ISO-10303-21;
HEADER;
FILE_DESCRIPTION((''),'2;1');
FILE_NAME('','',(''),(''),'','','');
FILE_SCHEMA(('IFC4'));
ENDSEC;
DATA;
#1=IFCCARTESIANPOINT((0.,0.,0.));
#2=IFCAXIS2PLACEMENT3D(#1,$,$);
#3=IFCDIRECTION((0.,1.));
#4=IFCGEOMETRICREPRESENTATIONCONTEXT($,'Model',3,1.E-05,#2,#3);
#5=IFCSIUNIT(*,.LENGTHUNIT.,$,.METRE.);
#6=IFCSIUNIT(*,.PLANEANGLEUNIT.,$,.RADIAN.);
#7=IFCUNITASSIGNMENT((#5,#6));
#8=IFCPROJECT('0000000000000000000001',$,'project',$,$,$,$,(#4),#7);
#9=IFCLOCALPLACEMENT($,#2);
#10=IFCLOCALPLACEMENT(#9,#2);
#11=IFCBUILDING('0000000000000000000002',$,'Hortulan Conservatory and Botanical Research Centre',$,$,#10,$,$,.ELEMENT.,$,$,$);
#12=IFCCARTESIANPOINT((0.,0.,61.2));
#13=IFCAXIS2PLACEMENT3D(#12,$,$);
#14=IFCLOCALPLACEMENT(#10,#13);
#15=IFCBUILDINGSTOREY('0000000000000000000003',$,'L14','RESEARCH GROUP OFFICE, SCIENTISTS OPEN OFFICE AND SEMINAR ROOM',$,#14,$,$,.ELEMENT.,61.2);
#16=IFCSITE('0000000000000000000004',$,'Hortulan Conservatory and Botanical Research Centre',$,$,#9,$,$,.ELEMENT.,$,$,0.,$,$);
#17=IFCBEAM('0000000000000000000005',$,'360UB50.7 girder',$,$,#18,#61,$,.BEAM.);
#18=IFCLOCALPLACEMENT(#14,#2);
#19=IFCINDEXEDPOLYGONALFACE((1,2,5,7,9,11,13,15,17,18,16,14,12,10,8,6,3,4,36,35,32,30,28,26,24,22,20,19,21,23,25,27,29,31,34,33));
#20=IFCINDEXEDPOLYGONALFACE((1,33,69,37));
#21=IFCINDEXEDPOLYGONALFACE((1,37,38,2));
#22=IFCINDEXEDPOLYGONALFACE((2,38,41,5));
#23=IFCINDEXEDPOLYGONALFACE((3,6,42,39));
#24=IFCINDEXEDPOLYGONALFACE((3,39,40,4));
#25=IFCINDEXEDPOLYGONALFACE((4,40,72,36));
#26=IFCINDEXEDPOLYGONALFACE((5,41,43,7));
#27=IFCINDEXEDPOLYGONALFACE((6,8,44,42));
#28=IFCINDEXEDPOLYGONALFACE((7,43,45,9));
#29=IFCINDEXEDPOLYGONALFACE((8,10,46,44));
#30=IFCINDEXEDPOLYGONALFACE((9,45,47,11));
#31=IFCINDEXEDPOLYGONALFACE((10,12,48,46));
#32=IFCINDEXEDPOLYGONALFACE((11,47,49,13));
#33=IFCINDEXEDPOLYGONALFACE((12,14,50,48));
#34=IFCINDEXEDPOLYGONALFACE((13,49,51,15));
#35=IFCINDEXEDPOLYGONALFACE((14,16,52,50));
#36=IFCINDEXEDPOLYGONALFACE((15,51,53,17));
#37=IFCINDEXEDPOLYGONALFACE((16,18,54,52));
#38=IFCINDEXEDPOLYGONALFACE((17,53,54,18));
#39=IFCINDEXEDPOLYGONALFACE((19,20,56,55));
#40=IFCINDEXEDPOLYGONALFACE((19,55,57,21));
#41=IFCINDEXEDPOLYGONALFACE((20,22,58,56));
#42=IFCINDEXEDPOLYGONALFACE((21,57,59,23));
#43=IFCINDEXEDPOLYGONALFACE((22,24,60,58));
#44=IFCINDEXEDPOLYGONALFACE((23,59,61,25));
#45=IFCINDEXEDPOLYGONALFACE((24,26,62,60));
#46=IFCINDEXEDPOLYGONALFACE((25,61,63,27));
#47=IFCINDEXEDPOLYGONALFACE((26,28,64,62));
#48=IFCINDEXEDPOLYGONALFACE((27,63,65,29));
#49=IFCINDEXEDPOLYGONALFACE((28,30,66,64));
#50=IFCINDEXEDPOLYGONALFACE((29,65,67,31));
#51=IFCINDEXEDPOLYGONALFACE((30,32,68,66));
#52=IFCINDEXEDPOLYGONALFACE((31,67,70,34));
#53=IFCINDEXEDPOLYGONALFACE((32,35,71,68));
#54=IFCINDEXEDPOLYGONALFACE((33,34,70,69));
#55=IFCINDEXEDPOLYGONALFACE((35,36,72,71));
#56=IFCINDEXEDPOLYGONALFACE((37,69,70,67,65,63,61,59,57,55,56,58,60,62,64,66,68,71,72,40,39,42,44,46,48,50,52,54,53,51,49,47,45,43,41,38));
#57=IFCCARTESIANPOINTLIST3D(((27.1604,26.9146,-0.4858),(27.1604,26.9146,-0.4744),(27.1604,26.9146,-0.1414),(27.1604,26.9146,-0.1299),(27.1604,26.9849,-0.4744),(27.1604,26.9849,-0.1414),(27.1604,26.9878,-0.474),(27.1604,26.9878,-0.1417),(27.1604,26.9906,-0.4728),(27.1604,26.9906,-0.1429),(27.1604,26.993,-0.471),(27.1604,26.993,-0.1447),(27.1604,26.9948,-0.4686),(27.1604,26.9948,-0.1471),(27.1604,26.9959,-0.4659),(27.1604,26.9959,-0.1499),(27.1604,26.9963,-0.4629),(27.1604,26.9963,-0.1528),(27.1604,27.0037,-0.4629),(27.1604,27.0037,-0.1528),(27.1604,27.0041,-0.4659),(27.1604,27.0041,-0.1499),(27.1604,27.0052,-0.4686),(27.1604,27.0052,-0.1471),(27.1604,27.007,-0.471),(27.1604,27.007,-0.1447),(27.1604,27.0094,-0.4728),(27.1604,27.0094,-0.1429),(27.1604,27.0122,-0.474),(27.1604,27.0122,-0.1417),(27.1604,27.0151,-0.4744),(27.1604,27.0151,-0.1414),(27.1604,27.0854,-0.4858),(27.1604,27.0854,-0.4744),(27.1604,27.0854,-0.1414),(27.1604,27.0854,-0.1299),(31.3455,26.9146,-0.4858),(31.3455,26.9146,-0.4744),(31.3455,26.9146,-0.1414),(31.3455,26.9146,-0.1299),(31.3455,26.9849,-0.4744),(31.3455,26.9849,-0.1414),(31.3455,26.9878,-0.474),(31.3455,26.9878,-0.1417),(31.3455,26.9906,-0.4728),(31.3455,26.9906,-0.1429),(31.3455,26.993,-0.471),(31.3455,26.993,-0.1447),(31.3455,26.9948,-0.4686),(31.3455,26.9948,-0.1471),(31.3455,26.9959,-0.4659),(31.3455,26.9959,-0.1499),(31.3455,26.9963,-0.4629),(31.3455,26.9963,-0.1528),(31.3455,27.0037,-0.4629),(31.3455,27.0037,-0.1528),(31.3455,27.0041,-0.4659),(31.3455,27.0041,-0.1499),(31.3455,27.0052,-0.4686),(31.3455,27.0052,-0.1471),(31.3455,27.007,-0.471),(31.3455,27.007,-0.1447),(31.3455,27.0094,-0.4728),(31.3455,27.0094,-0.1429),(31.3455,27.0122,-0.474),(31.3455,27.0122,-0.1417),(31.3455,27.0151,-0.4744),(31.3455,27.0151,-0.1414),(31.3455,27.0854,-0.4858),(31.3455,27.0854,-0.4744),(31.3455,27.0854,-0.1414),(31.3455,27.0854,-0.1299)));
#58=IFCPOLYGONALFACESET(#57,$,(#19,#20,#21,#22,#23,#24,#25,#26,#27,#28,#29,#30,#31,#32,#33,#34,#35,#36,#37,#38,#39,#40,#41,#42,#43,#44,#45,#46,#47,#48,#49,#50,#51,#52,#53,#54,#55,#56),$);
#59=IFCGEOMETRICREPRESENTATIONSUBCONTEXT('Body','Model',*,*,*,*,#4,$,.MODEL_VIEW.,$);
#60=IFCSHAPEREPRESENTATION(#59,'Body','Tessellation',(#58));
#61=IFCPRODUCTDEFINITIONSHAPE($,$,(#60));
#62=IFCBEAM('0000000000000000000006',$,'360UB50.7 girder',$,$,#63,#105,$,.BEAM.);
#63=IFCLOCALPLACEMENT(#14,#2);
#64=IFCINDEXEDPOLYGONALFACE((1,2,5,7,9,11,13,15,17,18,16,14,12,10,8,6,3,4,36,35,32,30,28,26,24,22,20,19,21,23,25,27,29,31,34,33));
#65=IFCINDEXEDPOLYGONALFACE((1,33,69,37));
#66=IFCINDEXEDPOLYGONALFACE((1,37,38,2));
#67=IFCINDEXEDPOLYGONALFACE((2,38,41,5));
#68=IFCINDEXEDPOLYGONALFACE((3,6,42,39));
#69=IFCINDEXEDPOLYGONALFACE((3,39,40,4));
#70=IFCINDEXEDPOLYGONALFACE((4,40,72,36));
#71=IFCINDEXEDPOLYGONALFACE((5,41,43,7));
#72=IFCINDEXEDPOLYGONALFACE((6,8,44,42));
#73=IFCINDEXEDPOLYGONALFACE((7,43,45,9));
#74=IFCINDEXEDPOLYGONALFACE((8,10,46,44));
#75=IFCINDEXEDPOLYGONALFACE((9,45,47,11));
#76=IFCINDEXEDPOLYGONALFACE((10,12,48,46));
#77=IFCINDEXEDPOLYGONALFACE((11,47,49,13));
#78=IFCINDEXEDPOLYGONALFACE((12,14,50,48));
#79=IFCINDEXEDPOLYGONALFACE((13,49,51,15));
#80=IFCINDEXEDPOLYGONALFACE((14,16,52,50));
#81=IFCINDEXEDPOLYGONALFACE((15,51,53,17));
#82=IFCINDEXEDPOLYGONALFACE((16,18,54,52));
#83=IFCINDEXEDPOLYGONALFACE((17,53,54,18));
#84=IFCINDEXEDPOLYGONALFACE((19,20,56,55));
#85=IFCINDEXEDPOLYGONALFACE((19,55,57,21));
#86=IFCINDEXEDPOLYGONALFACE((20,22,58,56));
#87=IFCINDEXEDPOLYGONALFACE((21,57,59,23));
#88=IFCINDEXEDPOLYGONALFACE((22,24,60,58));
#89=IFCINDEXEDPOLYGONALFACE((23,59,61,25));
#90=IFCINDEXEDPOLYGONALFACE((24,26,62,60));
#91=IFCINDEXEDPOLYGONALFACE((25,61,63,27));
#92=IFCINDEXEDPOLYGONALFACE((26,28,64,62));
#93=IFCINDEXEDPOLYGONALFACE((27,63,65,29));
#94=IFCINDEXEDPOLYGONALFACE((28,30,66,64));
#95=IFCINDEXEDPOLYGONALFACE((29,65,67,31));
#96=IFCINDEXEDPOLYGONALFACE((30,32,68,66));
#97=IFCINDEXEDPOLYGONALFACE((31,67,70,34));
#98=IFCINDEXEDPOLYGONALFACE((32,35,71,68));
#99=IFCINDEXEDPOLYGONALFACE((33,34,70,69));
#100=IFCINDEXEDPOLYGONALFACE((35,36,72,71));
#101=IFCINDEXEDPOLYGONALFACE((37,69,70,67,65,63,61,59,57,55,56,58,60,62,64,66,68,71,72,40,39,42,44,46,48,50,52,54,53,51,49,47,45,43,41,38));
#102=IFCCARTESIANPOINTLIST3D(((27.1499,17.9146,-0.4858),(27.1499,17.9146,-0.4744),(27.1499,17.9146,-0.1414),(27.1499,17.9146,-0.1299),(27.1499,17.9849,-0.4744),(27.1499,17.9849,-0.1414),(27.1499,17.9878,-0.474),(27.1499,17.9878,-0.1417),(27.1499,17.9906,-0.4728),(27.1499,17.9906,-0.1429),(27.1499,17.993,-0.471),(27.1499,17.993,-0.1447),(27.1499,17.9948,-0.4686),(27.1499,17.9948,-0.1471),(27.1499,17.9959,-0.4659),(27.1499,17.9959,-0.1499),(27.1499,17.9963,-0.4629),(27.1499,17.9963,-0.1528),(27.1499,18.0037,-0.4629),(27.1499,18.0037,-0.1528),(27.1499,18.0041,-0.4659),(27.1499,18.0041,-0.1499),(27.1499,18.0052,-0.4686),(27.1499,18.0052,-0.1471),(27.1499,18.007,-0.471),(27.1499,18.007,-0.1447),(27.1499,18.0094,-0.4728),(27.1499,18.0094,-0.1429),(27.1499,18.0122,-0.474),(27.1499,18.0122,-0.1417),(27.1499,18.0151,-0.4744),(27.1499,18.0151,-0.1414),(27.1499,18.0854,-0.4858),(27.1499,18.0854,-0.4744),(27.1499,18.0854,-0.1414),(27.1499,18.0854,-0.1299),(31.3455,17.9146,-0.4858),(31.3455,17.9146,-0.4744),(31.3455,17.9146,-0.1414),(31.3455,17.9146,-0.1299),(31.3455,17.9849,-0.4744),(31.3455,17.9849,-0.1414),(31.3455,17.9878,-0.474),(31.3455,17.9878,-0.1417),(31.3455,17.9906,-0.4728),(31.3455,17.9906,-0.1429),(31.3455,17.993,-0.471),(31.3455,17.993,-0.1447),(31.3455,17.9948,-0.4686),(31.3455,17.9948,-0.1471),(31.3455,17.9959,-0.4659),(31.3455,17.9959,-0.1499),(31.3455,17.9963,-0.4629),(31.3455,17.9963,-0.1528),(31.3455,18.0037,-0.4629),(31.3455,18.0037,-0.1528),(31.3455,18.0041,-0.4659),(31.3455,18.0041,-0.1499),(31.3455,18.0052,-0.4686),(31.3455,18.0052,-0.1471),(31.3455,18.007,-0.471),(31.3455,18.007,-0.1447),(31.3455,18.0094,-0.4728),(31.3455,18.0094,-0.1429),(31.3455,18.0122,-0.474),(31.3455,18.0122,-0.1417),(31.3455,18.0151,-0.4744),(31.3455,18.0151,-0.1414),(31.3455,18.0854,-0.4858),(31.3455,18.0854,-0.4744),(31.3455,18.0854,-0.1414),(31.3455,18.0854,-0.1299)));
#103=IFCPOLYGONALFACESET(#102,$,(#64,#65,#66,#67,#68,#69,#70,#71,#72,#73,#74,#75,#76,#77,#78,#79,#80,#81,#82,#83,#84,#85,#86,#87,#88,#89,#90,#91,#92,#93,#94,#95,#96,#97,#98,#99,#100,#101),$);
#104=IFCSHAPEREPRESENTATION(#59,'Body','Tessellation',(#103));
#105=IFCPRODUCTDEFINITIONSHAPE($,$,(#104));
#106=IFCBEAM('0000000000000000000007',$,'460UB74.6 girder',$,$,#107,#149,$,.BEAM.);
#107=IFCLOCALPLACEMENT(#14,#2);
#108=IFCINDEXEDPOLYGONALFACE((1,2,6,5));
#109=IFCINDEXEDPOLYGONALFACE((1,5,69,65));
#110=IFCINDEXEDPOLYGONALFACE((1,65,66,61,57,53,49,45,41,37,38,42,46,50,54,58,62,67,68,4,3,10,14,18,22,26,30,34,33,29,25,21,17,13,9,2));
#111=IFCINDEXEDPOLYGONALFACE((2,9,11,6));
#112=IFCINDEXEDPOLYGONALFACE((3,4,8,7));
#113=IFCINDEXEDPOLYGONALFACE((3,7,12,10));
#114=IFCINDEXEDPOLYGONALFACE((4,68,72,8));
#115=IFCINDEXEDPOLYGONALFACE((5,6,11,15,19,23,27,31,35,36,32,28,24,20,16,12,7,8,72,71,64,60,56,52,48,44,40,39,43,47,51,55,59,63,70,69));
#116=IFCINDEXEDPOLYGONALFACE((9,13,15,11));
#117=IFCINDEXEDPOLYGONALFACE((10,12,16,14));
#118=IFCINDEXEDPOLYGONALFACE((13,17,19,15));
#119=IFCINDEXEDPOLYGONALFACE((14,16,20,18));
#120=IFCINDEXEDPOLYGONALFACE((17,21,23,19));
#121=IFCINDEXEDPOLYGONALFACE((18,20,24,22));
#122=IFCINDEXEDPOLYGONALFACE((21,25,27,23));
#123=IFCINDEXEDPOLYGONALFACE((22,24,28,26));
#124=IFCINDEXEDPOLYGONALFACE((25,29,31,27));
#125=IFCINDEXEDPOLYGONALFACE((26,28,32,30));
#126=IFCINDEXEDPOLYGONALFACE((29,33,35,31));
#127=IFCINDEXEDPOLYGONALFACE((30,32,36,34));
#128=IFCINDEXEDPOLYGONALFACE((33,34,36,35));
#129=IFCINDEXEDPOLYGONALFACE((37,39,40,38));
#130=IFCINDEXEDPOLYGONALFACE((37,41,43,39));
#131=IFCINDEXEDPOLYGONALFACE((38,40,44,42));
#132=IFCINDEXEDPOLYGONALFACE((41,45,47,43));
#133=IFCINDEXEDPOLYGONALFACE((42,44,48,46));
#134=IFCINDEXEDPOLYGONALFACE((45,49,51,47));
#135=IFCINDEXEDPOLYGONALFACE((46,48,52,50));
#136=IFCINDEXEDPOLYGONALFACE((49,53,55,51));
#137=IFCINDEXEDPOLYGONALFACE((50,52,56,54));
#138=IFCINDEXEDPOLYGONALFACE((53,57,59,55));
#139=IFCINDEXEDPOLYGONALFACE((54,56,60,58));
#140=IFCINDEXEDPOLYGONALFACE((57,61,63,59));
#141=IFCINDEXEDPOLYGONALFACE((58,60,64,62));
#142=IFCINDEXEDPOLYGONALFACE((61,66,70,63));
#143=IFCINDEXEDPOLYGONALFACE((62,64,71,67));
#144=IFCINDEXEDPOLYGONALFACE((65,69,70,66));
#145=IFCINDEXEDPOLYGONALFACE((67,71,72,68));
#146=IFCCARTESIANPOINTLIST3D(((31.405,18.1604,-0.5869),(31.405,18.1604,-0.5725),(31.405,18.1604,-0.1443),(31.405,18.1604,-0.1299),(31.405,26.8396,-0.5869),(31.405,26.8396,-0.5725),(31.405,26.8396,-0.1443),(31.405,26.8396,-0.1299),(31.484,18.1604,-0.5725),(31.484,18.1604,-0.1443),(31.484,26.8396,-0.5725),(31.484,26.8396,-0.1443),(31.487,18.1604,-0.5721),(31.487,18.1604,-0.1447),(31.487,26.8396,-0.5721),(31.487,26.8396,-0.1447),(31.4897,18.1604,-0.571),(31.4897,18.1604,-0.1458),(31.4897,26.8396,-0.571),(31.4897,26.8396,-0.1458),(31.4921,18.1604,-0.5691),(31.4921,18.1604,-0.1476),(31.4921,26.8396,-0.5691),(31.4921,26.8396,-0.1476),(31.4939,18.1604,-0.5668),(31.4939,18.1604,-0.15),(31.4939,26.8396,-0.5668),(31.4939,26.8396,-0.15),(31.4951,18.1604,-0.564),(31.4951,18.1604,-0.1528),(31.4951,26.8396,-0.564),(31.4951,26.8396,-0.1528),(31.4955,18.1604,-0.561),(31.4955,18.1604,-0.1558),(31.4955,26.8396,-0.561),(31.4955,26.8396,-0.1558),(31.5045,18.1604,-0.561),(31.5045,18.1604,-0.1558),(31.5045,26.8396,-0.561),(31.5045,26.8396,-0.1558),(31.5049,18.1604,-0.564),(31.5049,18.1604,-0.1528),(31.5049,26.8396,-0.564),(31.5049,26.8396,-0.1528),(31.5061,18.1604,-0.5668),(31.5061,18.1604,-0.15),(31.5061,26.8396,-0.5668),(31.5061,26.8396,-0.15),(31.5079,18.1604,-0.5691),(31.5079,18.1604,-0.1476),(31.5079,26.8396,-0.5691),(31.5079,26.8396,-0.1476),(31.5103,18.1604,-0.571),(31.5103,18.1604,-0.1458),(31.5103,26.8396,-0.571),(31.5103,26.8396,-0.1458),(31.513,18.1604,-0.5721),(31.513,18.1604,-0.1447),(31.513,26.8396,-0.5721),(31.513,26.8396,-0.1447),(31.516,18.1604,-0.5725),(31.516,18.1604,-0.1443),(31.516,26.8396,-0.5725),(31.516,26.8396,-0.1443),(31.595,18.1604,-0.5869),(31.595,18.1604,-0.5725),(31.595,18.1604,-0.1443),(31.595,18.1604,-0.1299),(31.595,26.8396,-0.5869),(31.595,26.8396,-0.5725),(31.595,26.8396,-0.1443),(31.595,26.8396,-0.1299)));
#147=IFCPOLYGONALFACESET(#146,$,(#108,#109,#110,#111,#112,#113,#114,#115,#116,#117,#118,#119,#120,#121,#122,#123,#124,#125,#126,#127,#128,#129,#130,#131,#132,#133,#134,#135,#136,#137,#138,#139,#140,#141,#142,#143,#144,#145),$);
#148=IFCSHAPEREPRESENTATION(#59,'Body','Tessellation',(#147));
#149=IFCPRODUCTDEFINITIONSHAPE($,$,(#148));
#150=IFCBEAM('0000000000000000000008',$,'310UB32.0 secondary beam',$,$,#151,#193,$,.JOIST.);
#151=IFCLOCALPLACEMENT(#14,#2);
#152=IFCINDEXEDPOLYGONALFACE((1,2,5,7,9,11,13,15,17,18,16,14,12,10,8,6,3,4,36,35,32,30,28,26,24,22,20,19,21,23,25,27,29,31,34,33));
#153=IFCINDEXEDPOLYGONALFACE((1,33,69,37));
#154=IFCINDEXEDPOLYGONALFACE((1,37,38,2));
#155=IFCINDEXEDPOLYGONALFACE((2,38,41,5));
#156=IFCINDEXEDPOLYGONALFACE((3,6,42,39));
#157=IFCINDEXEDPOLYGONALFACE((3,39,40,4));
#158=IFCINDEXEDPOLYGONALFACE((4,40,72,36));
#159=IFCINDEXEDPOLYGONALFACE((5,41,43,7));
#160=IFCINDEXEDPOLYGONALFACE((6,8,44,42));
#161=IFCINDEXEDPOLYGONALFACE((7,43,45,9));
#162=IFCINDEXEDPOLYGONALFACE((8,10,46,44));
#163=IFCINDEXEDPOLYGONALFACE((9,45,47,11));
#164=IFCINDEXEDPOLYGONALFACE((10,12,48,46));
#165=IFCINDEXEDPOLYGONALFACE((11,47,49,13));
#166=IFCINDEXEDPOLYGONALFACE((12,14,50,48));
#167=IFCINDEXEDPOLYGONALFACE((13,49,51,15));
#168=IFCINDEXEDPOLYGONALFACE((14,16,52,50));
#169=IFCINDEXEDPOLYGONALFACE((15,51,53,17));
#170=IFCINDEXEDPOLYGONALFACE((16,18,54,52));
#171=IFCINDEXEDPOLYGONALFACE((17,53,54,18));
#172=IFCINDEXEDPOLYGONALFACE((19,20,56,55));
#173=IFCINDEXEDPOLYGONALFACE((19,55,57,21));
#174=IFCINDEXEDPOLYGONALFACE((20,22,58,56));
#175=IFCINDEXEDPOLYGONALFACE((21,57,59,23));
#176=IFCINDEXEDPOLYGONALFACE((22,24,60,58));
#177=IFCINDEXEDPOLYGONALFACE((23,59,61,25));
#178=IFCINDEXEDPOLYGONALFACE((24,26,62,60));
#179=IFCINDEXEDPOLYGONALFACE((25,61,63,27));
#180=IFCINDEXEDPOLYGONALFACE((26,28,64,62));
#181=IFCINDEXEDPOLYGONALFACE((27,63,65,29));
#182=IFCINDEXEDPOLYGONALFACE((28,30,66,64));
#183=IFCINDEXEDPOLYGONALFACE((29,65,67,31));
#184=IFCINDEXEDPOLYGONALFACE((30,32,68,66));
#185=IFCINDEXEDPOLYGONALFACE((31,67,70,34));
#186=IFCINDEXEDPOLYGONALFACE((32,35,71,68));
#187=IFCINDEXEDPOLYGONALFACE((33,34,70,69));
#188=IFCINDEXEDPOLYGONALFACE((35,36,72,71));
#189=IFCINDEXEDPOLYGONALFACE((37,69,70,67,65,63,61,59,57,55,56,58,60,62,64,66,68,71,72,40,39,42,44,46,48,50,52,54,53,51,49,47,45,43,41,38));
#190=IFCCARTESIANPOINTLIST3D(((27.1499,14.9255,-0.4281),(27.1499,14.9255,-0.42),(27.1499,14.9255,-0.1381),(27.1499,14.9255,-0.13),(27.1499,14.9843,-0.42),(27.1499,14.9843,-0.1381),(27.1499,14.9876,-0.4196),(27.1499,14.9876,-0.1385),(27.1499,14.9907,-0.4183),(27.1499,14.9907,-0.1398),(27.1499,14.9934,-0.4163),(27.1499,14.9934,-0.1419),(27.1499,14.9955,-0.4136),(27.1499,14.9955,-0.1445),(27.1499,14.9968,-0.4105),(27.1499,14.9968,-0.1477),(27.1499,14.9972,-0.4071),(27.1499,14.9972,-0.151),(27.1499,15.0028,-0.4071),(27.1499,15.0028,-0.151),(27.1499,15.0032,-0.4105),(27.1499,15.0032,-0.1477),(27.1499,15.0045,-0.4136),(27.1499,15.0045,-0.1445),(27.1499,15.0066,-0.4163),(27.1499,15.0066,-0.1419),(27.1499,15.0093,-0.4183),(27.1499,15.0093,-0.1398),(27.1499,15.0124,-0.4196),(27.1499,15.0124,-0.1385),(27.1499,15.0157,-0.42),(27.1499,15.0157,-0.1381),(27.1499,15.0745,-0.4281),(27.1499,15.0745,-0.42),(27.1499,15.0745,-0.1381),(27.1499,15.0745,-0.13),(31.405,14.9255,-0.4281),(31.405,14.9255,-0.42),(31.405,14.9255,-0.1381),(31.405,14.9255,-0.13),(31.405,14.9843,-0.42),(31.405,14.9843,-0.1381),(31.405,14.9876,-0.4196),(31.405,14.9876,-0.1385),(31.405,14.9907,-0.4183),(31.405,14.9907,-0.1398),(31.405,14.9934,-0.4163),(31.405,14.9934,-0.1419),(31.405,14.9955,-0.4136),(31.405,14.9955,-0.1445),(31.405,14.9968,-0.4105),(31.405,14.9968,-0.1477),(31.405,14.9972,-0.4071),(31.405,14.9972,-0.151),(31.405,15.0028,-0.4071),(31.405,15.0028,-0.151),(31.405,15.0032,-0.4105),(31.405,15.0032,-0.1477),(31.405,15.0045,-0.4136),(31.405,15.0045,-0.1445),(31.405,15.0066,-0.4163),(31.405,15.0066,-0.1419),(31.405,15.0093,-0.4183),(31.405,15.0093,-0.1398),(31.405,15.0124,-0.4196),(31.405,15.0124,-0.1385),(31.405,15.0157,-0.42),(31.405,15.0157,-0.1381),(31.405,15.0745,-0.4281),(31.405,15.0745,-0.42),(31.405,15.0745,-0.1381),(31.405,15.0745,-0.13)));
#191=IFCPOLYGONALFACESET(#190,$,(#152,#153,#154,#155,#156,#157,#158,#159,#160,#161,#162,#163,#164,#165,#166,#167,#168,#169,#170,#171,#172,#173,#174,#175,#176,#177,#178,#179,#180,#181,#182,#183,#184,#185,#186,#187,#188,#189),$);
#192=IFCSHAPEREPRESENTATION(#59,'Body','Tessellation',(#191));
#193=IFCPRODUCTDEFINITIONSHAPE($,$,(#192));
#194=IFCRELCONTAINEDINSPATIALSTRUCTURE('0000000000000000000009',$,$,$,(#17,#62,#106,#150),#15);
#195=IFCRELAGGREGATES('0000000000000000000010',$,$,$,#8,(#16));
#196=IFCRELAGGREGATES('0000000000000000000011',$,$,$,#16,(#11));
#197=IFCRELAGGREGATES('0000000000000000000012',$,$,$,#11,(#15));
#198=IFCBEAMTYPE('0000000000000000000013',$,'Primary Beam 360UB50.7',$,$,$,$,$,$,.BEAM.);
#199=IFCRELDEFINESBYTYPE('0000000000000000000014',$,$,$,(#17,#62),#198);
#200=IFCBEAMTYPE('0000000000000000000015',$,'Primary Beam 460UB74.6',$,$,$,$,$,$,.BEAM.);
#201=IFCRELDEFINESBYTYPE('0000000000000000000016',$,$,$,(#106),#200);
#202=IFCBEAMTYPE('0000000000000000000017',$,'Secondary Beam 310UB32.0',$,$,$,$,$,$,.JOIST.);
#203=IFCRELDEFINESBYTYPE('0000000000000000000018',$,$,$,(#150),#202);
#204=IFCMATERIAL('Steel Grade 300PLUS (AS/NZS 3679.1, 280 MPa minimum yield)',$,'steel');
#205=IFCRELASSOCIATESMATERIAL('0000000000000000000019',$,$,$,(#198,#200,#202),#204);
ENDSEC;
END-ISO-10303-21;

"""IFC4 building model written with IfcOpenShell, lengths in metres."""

from ifc_helpers import new_model, si_unit, direction, frame, origin, origin_2d, place, context, subcontext, project, spatial, i_section, extrude, material, material_profile, profile_set, type_object, element, save


model = new_model("IFC4")

# Units and contexts
model_context = context("Model", 3, precision=1e-05, world=origin(), true_north=direction((0.0, 1.0)))
body_context = subcontext(model_context, "Body", "Model", "MODEL_VIEW")
ifc_project = project(units=[si_unit("LENGTHUNIT", "METRE"), si_unit("PLANEANGLEUNIT", "RADIAN")], contexts=[model_context])

# Site, building, storey
site_placement = place(None, origin())
site = spatial("IfcSite", under=ifc_project, at=site_placement, Name="Hortulan Conservatory and Botanical Research Centre", CompositionType="ELEMENT", RefElevation=0.0)
building_placement = place(site_placement, origin())
building = spatial("IfcBuilding", under=site, at=building_placement, Name="Hortulan Conservatory and Botanical Research Centre", CompositionType="ELEMENT")
storey_placement = place(building_placement, frame((0.0, 0.0, 61.2)))
storey = spatial("IfcBuildingStorey", under=building, at=storey_placement, Name="L14", Description="RESEARCH GROUP OFFICE, SCIENTISTS OPEN OFFICE AND SEMINAR ROOM", CompositionType="ELEMENT", Elevation=61.2)

# Shared definitions
ifc_material_1 = material(Name="Steel Grade 300PLUS (AS/NZS 3679.1, 280 MPa minimum yield)", Category="steel")

# Beams
ifc_material_profile_1 = material_profile(ifc_material_1, i_section(OverallWidth=0.1709, OverallDepth=0.356, WebThickness=0.0073, FlangeThickness=0.0115, FilletRadius=0.0115, at=origin_2d()), Name="360UB50.7")
ifc_profile_set_1 = profile_set([ifc_material_profile_1], Name="Steel Grade 300PLUS (AS/NZS 3679.1, 280 MPa minimum yield)")
beam_type_1 = type_object("IfcBeamType", Name="Primary Beam 360UB50.7", PredefinedType="BEAM", material=ifc_profile_set_1)
beam_1_placement = place(storey_placement, frame((27.1604, 27.0, -0.3079), z_axis=(1.0, 0.0, 0.0), x_axis=(0.0, 1.0, 0.0)))
element("IfcBeam", 1, at=beam_1_placement, inside=storey, type_object=beam_type_1, Name="360UB50.7 girder", PredefinedType="BEAM", context=body_context, shape_type="SweptSolid", body=[
    extrude(i_section(OverallWidth=0.1709, OverallDepth=0.356, WebThickness=0.0073, FlangeThickness=0.0115, FilletRadius=0.0115, at=origin_2d()), origin(), (0.0, 0.0, 1.0), 4.1851),
])
beam_2_placement = place(storey_placement, frame((27.1499, 18.0, -0.3079), z_axis=(1.0, 0.0, 0.0), x_axis=(0.0, 1.0, 0.0)))
element("IfcBeam", 2, at=beam_2_placement, inside=storey, type_object=beam_type_1, Name="360UB50.7 girder", PredefinedType="BEAM", context=body_context, shape_type="SweptSolid", body=[
    extrude(i_section(OverallWidth=0.1709, OverallDepth=0.356, WebThickness=0.0073, FlangeThickness=0.0115, FilletRadius=0.0115, at=origin_2d()), origin(), (0.0, 0.0, 1.0), 4.1956),
])
ifc_material_profile_2 = material_profile(ifc_material_1, i_section(OverallWidth=0.1899, OverallDepth=0.457, WebThickness=0.009, FlangeThickness=0.0144, FilletRadius=0.0115, at=origin_2d()), Name="460UB74.6")
ifc_profile_set_2 = profile_set([ifc_material_profile_2], Name="Steel Grade 300PLUS (AS/NZS 3679.1, 280 MPa minimum yield)")
beam_type_2 = type_object("IfcBeamType", Name="Primary Beam 460UB74.6", PredefinedType="BEAM", material=ifc_profile_set_2)
beam_3_placement = place(storey_placement, frame((31.5, 18.1604, -0.3584), z_axis=(0.0, 1.0, 0.0), x_axis=(-1.0, 0.0, 0.0)))
element("IfcBeam", 3, at=beam_3_placement, inside=storey, type_object=beam_type_2, Name="460UB74.6 girder", PredefinedType="BEAM", context=body_context, shape_type="SweptSolid", body=[
    extrude(i_section(OverallWidth=0.1899, OverallDepth=0.457, WebThickness=0.009, FlangeThickness=0.0144, FilletRadius=0.0115, at=origin_2d()), origin(), (0.0, 0.0, 1.0), 8.6792),
])
ifc_material_profile_3 = material_profile(ifc_material_1, i_section(OverallWidth=0.1489, OverallDepth=0.2981, WebThickness=0.0056, FlangeThickness=0.0081, FilletRadius=0.0129, at=origin_2d()), Name="310UB32.0")
ifc_profile_set_3 = profile_set([ifc_material_profile_3], Name="Steel Grade 300PLUS (AS/NZS 3679.1, 280 MPa minimum yield)")
beam_type_3 = type_object("IfcBeamType", Name="Secondary Beam 310UB32.0", PredefinedType="JOIST", material=ifc_profile_set_3)
beam_4_placement = place(storey_placement, frame((27.1499, 15.0, -0.2791), z_axis=(1.0, 0.0, 0.0), x_axis=(0.0, 1.0, 0.0)))
element("IfcBeam", 4, at=beam_4_placement, inside=storey, type_object=beam_type_3, Name="310UB32.0 secondary beam", PredefinedType="JOIST", context=body_context, shape_type="SweptSolid", body=[
    extrude(i_section(OverallWidth=0.1489, OverallDepth=0.2981, WebThickness=0.0056, FlangeThickness=0.0081, FilletRadius=0.0129, at=origin_2d()), origin(), (0.0, 0.0, 1.0), 4.2551),
])

save(model, "model.ifc")
